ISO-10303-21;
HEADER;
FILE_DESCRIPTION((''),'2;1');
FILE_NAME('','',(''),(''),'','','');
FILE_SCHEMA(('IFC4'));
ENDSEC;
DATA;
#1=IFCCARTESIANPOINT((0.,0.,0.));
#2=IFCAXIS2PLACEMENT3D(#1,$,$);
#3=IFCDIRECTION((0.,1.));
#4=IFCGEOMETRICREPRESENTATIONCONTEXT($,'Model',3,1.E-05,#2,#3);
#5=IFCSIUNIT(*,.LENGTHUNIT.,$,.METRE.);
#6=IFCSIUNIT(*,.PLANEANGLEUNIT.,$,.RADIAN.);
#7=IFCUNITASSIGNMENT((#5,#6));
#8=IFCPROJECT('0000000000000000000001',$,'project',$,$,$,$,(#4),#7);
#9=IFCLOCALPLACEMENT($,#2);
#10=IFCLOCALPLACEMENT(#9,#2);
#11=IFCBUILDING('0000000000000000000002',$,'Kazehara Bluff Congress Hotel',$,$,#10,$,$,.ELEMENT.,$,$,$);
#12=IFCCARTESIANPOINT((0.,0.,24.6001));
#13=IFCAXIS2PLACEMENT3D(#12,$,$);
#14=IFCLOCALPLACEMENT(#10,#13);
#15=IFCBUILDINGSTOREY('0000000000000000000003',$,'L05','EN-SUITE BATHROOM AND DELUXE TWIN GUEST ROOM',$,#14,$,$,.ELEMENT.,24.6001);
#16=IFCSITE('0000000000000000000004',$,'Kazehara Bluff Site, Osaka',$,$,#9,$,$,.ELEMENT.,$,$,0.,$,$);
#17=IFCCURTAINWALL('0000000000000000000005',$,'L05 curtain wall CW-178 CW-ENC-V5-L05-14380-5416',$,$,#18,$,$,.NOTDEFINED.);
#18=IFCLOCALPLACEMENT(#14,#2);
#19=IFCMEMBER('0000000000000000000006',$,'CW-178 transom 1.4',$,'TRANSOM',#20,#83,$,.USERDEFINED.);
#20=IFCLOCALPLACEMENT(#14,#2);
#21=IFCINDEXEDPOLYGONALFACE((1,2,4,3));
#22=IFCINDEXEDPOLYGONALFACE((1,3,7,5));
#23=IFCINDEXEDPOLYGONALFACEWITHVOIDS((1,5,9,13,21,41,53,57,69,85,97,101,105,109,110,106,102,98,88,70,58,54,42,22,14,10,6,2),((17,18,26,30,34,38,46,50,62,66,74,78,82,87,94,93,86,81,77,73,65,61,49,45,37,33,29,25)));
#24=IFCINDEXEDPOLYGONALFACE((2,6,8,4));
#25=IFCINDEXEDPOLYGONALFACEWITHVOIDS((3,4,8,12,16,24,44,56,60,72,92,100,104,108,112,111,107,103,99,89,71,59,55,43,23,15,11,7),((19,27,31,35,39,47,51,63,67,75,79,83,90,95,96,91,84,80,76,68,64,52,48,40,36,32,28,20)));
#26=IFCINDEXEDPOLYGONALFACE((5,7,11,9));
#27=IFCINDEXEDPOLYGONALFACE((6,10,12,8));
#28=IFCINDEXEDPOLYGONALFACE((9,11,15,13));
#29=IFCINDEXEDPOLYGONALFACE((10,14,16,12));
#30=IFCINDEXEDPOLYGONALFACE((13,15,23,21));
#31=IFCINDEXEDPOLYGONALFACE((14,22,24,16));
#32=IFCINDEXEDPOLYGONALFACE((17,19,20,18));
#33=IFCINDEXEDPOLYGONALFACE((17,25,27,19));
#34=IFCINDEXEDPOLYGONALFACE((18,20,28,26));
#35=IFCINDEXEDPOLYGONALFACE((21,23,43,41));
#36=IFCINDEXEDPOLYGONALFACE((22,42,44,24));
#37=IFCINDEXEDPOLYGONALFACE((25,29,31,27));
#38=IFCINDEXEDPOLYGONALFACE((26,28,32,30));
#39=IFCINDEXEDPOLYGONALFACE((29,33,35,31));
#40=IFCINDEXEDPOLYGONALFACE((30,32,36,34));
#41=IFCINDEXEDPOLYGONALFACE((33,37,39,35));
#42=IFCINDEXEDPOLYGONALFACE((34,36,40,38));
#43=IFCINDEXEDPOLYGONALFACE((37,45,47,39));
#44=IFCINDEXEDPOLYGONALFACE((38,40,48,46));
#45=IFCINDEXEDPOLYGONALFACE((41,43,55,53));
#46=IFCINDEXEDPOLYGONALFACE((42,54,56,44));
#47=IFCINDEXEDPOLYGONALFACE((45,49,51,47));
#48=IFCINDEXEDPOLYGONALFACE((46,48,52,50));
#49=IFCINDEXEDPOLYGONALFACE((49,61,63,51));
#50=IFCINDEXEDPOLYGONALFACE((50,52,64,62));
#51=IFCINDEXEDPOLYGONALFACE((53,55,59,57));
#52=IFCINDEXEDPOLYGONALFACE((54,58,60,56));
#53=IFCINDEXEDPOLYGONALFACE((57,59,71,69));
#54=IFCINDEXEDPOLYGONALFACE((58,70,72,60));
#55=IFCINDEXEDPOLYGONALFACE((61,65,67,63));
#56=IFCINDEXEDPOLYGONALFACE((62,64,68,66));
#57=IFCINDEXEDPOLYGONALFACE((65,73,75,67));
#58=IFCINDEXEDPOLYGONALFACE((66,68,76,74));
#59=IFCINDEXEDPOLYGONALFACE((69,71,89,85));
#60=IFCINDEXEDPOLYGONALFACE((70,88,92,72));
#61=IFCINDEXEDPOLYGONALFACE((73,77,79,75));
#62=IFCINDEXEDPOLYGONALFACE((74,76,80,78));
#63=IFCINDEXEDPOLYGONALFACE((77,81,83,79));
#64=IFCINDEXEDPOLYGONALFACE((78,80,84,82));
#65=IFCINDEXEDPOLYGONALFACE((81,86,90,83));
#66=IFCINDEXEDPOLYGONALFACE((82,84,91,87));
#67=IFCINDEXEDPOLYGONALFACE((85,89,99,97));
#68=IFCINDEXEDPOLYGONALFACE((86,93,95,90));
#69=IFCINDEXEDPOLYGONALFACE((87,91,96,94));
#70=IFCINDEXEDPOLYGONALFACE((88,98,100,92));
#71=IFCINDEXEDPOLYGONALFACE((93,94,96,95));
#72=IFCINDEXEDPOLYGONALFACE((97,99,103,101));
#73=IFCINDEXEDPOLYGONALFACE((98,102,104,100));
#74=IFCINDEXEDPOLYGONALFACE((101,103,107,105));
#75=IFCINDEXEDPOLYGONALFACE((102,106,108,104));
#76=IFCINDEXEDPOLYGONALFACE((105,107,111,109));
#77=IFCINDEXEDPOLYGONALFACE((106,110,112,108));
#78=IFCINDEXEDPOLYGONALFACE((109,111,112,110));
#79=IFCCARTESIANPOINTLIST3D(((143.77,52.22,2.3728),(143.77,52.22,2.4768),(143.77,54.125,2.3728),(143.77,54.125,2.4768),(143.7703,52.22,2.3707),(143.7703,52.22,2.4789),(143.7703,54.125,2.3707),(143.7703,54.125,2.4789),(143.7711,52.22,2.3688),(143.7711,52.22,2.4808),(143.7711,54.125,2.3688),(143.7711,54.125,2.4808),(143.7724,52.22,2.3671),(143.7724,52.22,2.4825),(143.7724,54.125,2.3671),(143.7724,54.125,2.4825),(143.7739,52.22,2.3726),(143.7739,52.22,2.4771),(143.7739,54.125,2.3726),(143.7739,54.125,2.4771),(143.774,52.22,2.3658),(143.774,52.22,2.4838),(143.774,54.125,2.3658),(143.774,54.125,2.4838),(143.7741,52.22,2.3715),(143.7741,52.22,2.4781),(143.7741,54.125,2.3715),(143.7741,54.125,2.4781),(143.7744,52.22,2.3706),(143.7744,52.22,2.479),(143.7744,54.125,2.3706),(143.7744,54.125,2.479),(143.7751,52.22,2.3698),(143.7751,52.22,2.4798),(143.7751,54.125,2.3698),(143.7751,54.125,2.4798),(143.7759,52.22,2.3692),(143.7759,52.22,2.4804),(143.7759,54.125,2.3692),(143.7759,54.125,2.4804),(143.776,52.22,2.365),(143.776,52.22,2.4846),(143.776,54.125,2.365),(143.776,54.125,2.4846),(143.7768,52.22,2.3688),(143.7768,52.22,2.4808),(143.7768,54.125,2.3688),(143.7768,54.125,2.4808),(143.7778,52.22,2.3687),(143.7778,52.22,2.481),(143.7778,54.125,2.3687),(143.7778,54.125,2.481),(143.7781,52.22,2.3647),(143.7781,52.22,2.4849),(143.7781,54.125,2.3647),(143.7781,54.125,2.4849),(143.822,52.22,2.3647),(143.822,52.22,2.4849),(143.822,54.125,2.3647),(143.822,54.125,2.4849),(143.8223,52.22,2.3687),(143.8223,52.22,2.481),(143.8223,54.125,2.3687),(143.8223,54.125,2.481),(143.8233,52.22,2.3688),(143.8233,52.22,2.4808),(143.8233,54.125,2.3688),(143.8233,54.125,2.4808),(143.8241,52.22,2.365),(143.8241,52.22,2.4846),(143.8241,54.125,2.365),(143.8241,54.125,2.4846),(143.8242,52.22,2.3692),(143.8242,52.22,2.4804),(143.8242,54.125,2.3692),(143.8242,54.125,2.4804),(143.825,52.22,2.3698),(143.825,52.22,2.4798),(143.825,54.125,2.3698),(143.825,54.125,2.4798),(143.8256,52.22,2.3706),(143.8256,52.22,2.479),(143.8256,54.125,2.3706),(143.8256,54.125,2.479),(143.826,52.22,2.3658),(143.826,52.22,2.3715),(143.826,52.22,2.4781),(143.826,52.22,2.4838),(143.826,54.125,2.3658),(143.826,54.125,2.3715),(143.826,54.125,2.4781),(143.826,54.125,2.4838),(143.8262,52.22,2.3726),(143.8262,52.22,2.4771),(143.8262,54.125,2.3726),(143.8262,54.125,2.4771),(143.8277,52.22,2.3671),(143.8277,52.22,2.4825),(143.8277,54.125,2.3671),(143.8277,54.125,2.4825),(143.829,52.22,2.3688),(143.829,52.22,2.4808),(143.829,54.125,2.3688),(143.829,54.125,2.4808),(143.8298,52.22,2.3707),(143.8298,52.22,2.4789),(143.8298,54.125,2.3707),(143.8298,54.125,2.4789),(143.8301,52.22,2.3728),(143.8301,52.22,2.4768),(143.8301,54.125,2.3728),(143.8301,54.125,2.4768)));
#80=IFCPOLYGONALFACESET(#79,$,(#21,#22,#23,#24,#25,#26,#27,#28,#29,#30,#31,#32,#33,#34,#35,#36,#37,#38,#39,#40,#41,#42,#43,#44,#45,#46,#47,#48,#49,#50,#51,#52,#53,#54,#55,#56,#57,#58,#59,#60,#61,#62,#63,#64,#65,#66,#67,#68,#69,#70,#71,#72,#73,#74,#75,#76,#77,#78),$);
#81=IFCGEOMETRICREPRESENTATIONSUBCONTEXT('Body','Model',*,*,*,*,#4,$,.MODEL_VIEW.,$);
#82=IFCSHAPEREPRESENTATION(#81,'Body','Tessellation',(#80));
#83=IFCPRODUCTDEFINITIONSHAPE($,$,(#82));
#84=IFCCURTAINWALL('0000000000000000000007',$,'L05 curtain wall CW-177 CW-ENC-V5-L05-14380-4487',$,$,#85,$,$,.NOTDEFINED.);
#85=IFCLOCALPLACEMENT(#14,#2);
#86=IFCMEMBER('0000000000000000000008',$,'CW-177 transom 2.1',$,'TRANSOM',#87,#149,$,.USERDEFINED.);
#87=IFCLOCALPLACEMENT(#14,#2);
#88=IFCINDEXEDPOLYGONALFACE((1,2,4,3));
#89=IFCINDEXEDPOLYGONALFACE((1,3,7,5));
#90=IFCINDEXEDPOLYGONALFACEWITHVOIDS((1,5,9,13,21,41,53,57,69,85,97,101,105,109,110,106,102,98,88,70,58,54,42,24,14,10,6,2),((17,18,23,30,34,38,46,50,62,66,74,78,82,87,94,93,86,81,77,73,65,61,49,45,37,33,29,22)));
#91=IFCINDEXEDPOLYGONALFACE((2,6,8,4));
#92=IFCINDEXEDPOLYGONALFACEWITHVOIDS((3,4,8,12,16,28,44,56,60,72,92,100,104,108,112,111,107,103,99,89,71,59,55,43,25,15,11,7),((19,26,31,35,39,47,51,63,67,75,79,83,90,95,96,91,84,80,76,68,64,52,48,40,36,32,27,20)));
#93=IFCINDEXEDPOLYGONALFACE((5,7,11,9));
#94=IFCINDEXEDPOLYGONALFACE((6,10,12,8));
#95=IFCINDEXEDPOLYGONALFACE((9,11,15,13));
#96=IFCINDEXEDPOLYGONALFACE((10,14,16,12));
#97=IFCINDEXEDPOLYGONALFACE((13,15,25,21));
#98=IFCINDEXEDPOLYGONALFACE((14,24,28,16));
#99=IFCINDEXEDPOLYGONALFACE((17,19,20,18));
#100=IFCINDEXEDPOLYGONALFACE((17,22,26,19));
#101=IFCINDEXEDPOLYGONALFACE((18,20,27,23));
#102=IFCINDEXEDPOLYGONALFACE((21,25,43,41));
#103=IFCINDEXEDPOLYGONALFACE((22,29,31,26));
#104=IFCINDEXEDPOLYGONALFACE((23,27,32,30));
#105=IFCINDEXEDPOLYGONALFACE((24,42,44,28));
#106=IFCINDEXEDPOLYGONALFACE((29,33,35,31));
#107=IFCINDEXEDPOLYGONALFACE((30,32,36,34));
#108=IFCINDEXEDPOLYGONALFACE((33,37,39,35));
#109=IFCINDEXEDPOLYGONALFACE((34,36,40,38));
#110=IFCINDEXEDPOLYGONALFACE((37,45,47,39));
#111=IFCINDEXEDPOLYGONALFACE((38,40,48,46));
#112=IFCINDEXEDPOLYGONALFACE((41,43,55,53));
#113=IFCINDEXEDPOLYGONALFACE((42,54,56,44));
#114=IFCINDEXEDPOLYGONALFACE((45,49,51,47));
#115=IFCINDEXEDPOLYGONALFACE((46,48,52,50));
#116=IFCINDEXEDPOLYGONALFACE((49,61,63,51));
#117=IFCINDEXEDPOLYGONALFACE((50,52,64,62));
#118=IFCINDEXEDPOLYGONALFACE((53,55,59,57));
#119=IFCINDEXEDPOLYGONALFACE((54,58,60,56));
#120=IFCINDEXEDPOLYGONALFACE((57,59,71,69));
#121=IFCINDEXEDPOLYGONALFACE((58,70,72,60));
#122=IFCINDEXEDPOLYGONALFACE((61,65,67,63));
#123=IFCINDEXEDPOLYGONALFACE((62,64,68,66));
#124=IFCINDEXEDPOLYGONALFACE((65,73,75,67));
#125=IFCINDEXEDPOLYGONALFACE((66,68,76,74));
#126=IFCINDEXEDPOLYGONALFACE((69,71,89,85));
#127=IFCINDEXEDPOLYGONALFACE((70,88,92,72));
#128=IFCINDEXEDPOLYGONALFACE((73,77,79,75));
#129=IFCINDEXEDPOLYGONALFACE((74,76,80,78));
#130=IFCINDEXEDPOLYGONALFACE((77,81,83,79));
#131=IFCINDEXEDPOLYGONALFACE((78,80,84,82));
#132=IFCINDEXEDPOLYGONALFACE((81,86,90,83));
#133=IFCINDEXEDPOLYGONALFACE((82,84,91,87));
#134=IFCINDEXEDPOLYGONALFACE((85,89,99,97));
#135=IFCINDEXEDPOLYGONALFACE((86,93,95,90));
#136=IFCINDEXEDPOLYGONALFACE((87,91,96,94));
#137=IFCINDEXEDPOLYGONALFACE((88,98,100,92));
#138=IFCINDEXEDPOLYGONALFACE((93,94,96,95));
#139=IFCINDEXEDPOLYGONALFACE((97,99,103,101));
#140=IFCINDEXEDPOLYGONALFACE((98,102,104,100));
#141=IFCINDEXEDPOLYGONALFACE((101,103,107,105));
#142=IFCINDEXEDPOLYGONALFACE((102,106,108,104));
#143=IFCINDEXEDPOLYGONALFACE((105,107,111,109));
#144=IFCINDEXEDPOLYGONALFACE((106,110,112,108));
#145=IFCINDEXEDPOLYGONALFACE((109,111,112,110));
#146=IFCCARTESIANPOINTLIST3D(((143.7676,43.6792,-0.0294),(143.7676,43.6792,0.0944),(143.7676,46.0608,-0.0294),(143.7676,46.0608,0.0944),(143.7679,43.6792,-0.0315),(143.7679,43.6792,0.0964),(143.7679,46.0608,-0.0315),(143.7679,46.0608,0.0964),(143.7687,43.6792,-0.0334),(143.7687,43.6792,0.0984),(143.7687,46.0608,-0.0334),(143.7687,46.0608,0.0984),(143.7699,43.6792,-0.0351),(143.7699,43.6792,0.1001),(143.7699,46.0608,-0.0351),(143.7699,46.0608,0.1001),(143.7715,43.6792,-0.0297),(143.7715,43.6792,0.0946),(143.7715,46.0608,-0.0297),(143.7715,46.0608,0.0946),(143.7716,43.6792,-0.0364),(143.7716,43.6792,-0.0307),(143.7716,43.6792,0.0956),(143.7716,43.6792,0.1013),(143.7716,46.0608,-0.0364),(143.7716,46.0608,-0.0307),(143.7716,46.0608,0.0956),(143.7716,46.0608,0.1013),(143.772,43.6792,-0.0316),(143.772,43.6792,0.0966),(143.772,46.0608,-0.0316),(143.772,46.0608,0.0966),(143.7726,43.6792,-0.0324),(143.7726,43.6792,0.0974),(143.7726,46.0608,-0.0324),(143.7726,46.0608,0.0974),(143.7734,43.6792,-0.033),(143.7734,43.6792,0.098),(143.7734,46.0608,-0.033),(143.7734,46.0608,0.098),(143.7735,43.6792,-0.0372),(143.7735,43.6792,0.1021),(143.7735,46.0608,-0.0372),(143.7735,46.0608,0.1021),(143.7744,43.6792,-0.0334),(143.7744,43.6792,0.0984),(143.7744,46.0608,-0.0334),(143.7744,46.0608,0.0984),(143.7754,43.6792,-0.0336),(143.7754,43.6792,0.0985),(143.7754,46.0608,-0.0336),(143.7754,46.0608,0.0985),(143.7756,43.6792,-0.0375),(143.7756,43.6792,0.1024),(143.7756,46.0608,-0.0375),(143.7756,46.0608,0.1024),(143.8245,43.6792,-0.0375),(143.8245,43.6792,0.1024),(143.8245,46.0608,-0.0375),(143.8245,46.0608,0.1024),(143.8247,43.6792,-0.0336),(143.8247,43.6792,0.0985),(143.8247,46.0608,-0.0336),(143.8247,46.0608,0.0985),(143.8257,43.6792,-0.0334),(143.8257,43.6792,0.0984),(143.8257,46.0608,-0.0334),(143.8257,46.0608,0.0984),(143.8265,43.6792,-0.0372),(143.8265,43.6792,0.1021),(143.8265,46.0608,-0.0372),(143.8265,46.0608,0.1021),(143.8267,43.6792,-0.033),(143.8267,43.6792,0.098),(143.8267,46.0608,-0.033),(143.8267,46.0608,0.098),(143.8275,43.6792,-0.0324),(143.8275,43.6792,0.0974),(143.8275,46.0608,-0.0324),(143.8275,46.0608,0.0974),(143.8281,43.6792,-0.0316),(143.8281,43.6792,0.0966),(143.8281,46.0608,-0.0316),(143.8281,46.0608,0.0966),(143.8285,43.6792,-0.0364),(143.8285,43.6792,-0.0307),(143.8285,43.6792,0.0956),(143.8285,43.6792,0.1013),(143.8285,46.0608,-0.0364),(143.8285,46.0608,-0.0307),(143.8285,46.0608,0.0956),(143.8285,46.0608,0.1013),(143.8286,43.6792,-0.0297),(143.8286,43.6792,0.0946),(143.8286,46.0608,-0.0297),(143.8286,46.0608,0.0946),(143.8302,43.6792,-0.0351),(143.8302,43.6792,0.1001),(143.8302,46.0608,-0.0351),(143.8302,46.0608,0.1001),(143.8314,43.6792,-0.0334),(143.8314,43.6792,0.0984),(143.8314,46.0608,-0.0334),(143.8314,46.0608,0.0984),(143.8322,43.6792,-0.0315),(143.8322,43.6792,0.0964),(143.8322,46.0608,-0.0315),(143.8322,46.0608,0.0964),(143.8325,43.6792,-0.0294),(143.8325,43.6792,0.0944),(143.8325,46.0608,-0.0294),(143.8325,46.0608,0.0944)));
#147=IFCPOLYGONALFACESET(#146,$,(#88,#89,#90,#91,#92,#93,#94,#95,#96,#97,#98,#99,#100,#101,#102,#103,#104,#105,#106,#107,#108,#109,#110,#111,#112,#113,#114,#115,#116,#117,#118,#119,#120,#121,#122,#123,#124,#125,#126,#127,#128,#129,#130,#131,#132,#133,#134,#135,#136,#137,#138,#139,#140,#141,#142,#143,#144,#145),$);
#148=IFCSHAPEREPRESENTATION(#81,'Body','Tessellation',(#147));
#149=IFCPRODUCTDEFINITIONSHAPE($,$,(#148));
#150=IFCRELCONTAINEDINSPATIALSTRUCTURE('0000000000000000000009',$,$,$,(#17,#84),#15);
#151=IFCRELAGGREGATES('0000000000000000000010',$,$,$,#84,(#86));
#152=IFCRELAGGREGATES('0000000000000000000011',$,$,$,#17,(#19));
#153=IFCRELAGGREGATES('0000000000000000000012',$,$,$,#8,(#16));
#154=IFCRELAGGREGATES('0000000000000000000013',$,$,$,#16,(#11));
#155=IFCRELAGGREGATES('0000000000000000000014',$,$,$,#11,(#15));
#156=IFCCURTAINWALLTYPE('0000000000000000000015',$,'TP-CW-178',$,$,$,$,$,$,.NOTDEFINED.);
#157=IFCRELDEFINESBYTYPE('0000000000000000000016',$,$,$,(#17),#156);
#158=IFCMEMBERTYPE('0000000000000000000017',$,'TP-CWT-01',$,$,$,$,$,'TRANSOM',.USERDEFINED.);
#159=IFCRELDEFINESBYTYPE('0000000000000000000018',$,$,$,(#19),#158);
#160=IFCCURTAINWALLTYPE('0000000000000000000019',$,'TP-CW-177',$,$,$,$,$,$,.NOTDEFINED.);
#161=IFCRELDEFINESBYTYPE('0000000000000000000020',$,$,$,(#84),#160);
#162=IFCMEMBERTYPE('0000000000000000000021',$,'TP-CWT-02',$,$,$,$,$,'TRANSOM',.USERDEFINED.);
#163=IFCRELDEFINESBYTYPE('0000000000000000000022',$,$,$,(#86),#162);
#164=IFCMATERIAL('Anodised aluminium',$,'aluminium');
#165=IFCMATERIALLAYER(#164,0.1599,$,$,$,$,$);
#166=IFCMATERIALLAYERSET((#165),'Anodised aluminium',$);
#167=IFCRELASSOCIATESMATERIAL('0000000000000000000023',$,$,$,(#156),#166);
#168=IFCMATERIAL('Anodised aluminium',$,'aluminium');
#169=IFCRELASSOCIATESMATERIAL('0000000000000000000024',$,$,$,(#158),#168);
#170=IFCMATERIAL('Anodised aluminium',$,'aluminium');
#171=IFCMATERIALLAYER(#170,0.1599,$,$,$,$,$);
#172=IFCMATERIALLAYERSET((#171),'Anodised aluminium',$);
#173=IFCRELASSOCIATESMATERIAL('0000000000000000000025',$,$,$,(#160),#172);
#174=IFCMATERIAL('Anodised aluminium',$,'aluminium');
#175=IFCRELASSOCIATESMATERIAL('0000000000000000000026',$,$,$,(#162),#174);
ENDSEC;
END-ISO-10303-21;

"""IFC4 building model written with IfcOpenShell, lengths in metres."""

from ifc_helpers import new_model, si_unit, direction, frame, origin, origin_2d, place, context, subcontext, project, spatial, hollow_rectangle, extrude, material, layer, layer_set, material_profile, profile_set, type_object, element, aggregate, save


model = new_model("IFC4")

# Units and contexts
model_context = context("Model", 3, precision=1e-05, world=origin(), true_north=direction((0.0, 1.0)))
body_context = subcontext(model_context, "Body", "Model", "MODEL_VIEW")
ifc_project = project(units=[si_unit("LENGTHUNIT", "METRE"), si_unit("PLANEANGLEUNIT", "RADIAN")], contexts=[model_context])

# Site, building, storey
site_placement = place(None, origin())
site = spatial("IfcSite", under=ifc_project, at=site_placement, Name="Kazehara Bluff Site, Osaka", CompositionType="ELEMENT", RefElevation=0.0)
building_placement = place(site_placement, origin())
building = spatial("IfcBuilding", under=site, at=building_placement, Name="Kazehara Bluff Congress Hotel", CompositionType="ELEMENT")
storey_placement = place(building_placement, frame((0.0, 0.0, 24.6001)))
storey = spatial("IfcBuildingStorey", under=building, at=storey_placement, Name="L05", Description="EN-SUITE BATHROOM AND DELUXE TWIN GUEST ROOM", CompositionType="ELEMENT", Elevation=24.6001)

# Curtain wall, member
ifc_material_1 = material(Name="Anodised aluminium", Category="aluminium")
ifc_layer_1 = layer(ifc_material_1, 0.1599)
ifc_layer_set_1 = layer_set([ifc_layer_1], Name="Anodised aluminium")
curtain_wall_type_1 = type_object("IfcCurtainWallType", Name="TP-CW-178", PredefinedType="NOTDEFINED", material=ifc_layer_set_1)
curtain_wall_1_placement = place(storey_placement, origin())
curtain_wall_1 = element("IfcCurtainWall", 1, at=curtain_wall_1_placement, inside=storey, type_object=curtain_wall_type_1, Name="L05 curtain wall CW-178 CW-ENC-V5-L05-14380-5416", PredefinedType="NOTDEFINED")
ifc_material_2 = material(Name="Anodised aluminium", Category="aluminium")
ifc_material_profile_1 = material_profile(ifc_material_2, hollow_rectangle(XDim=0.0601, YDim=0.1201, WallThickness=0.0039, InnerFilletRadius=0.0039, OuterFilletRadius=0.0081, at=origin_2d()))
ifc_profile_set_1 = profile_set([ifc_material_profile_1], Name="Anodised aluminium")
member_type_1 = type_object("IfcMemberType", Name="TP-CWT-01", ElementType="TRANSOM", PredefinedType="USERDEFINED", material=ifc_profile_set_1)
member_1_placement = place(storey_placement, frame((143.8, 52.22, 2.4248), z_axis=(0.0, 1.0, 0.0), x_axis=(-1.0, 0.0, 0.0)))
member_1 = element("IfcMember", 2, at=member_1_placement, type_object=member_type_1, Name="CW-178 transom 1.4", ObjectType="TRANSOM", PredefinedType="USERDEFINED", context=body_context, shape_type="SweptSolid", body=[
    extrude(hollow_rectangle(XDim=0.0601, YDim=0.1201, WallThickness=0.0039, InnerFilletRadius=0.0039, OuterFilletRadius=0.0081, at=origin_2d()), origin(), (0.0, 0.0, 1.0), 1.905),
])

# Curtain wall, member
ifc_material_3 = material(Name="Anodised aluminium", Category="aluminium")
ifc_layer_2 = layer(ifc_material_3, 0.1599)
ifc_layer_set_2 = layer_set([ifc_layer_2], Name="Anodised aluminium")
curtain_wall_type_2 = type_object("IfcCurtainWallType", Name="TP-CW-177", PredefinedType="NOTDEFINED", material=ifc_layer_set_2)
curtain_wall_2_placement = place(storey_placement, origin())
curtain_wall_2 = element("IfcCurtainWall", 3, at=curtain_wall_2_placement, inside=storey, type_object=curtain_wall_type_2, Name="L05 curtain wall CW-177 CW-ENC-V5-L05-14380-4487", PredefinedType="NOTDEFINED")
ifc_material_4 = material(Name="Anodised aluminium", Category="aluminium")
ifc_material_profile_2 = material_profile(ifc_material_4, hollow_rectangle(XDim=0.0649, YDim=0.1399, WallThickness=0.0039, InnerFilletRadius=0.0039, OuterFilletRadius=0.0081, at=origin_2d()))
ifc_profile_set_2 = profile_set([ifc_material_profile_2], Name="Anodised aluminium")
member_type_2 = type_object("IfcMemberType", Name="TP-CWT-02", ElementType="TRANSOM", PredefinedType="USERDEFINED", material=ifc_profile_set_2)
member_2_placement = place(storey_placement, frame((143.8, 43.6792, 0.0325), z_axis=(0.0, 1.0, 0.0), x_axis=(-1.0, 0.0, 0.0)))
member_2 = element("IfcMember", 4, at=member_2_placement, type_object=member_type_2, Name="CW-177 transom 2.1", ObjectType="TRANSOM", PredefinedType="USERDEFINED", context=body_context, shape_type="SweptSolid", body=[
    extrude(hollow_rectangle(XDim=0.0649, YDim=0.1399, WallThickness=0.0039, InnerFilletRadius=0.0039, OuterFilletRadius=0.0081, at=origin_2d()), origin(), (0.0, 0.0, 1.0), 2.3816),
])
aggregate(curtain_wall_2, [member_2])

aggregate(curtain_wall_1, [member_1])

save(model, "model.ifc")
